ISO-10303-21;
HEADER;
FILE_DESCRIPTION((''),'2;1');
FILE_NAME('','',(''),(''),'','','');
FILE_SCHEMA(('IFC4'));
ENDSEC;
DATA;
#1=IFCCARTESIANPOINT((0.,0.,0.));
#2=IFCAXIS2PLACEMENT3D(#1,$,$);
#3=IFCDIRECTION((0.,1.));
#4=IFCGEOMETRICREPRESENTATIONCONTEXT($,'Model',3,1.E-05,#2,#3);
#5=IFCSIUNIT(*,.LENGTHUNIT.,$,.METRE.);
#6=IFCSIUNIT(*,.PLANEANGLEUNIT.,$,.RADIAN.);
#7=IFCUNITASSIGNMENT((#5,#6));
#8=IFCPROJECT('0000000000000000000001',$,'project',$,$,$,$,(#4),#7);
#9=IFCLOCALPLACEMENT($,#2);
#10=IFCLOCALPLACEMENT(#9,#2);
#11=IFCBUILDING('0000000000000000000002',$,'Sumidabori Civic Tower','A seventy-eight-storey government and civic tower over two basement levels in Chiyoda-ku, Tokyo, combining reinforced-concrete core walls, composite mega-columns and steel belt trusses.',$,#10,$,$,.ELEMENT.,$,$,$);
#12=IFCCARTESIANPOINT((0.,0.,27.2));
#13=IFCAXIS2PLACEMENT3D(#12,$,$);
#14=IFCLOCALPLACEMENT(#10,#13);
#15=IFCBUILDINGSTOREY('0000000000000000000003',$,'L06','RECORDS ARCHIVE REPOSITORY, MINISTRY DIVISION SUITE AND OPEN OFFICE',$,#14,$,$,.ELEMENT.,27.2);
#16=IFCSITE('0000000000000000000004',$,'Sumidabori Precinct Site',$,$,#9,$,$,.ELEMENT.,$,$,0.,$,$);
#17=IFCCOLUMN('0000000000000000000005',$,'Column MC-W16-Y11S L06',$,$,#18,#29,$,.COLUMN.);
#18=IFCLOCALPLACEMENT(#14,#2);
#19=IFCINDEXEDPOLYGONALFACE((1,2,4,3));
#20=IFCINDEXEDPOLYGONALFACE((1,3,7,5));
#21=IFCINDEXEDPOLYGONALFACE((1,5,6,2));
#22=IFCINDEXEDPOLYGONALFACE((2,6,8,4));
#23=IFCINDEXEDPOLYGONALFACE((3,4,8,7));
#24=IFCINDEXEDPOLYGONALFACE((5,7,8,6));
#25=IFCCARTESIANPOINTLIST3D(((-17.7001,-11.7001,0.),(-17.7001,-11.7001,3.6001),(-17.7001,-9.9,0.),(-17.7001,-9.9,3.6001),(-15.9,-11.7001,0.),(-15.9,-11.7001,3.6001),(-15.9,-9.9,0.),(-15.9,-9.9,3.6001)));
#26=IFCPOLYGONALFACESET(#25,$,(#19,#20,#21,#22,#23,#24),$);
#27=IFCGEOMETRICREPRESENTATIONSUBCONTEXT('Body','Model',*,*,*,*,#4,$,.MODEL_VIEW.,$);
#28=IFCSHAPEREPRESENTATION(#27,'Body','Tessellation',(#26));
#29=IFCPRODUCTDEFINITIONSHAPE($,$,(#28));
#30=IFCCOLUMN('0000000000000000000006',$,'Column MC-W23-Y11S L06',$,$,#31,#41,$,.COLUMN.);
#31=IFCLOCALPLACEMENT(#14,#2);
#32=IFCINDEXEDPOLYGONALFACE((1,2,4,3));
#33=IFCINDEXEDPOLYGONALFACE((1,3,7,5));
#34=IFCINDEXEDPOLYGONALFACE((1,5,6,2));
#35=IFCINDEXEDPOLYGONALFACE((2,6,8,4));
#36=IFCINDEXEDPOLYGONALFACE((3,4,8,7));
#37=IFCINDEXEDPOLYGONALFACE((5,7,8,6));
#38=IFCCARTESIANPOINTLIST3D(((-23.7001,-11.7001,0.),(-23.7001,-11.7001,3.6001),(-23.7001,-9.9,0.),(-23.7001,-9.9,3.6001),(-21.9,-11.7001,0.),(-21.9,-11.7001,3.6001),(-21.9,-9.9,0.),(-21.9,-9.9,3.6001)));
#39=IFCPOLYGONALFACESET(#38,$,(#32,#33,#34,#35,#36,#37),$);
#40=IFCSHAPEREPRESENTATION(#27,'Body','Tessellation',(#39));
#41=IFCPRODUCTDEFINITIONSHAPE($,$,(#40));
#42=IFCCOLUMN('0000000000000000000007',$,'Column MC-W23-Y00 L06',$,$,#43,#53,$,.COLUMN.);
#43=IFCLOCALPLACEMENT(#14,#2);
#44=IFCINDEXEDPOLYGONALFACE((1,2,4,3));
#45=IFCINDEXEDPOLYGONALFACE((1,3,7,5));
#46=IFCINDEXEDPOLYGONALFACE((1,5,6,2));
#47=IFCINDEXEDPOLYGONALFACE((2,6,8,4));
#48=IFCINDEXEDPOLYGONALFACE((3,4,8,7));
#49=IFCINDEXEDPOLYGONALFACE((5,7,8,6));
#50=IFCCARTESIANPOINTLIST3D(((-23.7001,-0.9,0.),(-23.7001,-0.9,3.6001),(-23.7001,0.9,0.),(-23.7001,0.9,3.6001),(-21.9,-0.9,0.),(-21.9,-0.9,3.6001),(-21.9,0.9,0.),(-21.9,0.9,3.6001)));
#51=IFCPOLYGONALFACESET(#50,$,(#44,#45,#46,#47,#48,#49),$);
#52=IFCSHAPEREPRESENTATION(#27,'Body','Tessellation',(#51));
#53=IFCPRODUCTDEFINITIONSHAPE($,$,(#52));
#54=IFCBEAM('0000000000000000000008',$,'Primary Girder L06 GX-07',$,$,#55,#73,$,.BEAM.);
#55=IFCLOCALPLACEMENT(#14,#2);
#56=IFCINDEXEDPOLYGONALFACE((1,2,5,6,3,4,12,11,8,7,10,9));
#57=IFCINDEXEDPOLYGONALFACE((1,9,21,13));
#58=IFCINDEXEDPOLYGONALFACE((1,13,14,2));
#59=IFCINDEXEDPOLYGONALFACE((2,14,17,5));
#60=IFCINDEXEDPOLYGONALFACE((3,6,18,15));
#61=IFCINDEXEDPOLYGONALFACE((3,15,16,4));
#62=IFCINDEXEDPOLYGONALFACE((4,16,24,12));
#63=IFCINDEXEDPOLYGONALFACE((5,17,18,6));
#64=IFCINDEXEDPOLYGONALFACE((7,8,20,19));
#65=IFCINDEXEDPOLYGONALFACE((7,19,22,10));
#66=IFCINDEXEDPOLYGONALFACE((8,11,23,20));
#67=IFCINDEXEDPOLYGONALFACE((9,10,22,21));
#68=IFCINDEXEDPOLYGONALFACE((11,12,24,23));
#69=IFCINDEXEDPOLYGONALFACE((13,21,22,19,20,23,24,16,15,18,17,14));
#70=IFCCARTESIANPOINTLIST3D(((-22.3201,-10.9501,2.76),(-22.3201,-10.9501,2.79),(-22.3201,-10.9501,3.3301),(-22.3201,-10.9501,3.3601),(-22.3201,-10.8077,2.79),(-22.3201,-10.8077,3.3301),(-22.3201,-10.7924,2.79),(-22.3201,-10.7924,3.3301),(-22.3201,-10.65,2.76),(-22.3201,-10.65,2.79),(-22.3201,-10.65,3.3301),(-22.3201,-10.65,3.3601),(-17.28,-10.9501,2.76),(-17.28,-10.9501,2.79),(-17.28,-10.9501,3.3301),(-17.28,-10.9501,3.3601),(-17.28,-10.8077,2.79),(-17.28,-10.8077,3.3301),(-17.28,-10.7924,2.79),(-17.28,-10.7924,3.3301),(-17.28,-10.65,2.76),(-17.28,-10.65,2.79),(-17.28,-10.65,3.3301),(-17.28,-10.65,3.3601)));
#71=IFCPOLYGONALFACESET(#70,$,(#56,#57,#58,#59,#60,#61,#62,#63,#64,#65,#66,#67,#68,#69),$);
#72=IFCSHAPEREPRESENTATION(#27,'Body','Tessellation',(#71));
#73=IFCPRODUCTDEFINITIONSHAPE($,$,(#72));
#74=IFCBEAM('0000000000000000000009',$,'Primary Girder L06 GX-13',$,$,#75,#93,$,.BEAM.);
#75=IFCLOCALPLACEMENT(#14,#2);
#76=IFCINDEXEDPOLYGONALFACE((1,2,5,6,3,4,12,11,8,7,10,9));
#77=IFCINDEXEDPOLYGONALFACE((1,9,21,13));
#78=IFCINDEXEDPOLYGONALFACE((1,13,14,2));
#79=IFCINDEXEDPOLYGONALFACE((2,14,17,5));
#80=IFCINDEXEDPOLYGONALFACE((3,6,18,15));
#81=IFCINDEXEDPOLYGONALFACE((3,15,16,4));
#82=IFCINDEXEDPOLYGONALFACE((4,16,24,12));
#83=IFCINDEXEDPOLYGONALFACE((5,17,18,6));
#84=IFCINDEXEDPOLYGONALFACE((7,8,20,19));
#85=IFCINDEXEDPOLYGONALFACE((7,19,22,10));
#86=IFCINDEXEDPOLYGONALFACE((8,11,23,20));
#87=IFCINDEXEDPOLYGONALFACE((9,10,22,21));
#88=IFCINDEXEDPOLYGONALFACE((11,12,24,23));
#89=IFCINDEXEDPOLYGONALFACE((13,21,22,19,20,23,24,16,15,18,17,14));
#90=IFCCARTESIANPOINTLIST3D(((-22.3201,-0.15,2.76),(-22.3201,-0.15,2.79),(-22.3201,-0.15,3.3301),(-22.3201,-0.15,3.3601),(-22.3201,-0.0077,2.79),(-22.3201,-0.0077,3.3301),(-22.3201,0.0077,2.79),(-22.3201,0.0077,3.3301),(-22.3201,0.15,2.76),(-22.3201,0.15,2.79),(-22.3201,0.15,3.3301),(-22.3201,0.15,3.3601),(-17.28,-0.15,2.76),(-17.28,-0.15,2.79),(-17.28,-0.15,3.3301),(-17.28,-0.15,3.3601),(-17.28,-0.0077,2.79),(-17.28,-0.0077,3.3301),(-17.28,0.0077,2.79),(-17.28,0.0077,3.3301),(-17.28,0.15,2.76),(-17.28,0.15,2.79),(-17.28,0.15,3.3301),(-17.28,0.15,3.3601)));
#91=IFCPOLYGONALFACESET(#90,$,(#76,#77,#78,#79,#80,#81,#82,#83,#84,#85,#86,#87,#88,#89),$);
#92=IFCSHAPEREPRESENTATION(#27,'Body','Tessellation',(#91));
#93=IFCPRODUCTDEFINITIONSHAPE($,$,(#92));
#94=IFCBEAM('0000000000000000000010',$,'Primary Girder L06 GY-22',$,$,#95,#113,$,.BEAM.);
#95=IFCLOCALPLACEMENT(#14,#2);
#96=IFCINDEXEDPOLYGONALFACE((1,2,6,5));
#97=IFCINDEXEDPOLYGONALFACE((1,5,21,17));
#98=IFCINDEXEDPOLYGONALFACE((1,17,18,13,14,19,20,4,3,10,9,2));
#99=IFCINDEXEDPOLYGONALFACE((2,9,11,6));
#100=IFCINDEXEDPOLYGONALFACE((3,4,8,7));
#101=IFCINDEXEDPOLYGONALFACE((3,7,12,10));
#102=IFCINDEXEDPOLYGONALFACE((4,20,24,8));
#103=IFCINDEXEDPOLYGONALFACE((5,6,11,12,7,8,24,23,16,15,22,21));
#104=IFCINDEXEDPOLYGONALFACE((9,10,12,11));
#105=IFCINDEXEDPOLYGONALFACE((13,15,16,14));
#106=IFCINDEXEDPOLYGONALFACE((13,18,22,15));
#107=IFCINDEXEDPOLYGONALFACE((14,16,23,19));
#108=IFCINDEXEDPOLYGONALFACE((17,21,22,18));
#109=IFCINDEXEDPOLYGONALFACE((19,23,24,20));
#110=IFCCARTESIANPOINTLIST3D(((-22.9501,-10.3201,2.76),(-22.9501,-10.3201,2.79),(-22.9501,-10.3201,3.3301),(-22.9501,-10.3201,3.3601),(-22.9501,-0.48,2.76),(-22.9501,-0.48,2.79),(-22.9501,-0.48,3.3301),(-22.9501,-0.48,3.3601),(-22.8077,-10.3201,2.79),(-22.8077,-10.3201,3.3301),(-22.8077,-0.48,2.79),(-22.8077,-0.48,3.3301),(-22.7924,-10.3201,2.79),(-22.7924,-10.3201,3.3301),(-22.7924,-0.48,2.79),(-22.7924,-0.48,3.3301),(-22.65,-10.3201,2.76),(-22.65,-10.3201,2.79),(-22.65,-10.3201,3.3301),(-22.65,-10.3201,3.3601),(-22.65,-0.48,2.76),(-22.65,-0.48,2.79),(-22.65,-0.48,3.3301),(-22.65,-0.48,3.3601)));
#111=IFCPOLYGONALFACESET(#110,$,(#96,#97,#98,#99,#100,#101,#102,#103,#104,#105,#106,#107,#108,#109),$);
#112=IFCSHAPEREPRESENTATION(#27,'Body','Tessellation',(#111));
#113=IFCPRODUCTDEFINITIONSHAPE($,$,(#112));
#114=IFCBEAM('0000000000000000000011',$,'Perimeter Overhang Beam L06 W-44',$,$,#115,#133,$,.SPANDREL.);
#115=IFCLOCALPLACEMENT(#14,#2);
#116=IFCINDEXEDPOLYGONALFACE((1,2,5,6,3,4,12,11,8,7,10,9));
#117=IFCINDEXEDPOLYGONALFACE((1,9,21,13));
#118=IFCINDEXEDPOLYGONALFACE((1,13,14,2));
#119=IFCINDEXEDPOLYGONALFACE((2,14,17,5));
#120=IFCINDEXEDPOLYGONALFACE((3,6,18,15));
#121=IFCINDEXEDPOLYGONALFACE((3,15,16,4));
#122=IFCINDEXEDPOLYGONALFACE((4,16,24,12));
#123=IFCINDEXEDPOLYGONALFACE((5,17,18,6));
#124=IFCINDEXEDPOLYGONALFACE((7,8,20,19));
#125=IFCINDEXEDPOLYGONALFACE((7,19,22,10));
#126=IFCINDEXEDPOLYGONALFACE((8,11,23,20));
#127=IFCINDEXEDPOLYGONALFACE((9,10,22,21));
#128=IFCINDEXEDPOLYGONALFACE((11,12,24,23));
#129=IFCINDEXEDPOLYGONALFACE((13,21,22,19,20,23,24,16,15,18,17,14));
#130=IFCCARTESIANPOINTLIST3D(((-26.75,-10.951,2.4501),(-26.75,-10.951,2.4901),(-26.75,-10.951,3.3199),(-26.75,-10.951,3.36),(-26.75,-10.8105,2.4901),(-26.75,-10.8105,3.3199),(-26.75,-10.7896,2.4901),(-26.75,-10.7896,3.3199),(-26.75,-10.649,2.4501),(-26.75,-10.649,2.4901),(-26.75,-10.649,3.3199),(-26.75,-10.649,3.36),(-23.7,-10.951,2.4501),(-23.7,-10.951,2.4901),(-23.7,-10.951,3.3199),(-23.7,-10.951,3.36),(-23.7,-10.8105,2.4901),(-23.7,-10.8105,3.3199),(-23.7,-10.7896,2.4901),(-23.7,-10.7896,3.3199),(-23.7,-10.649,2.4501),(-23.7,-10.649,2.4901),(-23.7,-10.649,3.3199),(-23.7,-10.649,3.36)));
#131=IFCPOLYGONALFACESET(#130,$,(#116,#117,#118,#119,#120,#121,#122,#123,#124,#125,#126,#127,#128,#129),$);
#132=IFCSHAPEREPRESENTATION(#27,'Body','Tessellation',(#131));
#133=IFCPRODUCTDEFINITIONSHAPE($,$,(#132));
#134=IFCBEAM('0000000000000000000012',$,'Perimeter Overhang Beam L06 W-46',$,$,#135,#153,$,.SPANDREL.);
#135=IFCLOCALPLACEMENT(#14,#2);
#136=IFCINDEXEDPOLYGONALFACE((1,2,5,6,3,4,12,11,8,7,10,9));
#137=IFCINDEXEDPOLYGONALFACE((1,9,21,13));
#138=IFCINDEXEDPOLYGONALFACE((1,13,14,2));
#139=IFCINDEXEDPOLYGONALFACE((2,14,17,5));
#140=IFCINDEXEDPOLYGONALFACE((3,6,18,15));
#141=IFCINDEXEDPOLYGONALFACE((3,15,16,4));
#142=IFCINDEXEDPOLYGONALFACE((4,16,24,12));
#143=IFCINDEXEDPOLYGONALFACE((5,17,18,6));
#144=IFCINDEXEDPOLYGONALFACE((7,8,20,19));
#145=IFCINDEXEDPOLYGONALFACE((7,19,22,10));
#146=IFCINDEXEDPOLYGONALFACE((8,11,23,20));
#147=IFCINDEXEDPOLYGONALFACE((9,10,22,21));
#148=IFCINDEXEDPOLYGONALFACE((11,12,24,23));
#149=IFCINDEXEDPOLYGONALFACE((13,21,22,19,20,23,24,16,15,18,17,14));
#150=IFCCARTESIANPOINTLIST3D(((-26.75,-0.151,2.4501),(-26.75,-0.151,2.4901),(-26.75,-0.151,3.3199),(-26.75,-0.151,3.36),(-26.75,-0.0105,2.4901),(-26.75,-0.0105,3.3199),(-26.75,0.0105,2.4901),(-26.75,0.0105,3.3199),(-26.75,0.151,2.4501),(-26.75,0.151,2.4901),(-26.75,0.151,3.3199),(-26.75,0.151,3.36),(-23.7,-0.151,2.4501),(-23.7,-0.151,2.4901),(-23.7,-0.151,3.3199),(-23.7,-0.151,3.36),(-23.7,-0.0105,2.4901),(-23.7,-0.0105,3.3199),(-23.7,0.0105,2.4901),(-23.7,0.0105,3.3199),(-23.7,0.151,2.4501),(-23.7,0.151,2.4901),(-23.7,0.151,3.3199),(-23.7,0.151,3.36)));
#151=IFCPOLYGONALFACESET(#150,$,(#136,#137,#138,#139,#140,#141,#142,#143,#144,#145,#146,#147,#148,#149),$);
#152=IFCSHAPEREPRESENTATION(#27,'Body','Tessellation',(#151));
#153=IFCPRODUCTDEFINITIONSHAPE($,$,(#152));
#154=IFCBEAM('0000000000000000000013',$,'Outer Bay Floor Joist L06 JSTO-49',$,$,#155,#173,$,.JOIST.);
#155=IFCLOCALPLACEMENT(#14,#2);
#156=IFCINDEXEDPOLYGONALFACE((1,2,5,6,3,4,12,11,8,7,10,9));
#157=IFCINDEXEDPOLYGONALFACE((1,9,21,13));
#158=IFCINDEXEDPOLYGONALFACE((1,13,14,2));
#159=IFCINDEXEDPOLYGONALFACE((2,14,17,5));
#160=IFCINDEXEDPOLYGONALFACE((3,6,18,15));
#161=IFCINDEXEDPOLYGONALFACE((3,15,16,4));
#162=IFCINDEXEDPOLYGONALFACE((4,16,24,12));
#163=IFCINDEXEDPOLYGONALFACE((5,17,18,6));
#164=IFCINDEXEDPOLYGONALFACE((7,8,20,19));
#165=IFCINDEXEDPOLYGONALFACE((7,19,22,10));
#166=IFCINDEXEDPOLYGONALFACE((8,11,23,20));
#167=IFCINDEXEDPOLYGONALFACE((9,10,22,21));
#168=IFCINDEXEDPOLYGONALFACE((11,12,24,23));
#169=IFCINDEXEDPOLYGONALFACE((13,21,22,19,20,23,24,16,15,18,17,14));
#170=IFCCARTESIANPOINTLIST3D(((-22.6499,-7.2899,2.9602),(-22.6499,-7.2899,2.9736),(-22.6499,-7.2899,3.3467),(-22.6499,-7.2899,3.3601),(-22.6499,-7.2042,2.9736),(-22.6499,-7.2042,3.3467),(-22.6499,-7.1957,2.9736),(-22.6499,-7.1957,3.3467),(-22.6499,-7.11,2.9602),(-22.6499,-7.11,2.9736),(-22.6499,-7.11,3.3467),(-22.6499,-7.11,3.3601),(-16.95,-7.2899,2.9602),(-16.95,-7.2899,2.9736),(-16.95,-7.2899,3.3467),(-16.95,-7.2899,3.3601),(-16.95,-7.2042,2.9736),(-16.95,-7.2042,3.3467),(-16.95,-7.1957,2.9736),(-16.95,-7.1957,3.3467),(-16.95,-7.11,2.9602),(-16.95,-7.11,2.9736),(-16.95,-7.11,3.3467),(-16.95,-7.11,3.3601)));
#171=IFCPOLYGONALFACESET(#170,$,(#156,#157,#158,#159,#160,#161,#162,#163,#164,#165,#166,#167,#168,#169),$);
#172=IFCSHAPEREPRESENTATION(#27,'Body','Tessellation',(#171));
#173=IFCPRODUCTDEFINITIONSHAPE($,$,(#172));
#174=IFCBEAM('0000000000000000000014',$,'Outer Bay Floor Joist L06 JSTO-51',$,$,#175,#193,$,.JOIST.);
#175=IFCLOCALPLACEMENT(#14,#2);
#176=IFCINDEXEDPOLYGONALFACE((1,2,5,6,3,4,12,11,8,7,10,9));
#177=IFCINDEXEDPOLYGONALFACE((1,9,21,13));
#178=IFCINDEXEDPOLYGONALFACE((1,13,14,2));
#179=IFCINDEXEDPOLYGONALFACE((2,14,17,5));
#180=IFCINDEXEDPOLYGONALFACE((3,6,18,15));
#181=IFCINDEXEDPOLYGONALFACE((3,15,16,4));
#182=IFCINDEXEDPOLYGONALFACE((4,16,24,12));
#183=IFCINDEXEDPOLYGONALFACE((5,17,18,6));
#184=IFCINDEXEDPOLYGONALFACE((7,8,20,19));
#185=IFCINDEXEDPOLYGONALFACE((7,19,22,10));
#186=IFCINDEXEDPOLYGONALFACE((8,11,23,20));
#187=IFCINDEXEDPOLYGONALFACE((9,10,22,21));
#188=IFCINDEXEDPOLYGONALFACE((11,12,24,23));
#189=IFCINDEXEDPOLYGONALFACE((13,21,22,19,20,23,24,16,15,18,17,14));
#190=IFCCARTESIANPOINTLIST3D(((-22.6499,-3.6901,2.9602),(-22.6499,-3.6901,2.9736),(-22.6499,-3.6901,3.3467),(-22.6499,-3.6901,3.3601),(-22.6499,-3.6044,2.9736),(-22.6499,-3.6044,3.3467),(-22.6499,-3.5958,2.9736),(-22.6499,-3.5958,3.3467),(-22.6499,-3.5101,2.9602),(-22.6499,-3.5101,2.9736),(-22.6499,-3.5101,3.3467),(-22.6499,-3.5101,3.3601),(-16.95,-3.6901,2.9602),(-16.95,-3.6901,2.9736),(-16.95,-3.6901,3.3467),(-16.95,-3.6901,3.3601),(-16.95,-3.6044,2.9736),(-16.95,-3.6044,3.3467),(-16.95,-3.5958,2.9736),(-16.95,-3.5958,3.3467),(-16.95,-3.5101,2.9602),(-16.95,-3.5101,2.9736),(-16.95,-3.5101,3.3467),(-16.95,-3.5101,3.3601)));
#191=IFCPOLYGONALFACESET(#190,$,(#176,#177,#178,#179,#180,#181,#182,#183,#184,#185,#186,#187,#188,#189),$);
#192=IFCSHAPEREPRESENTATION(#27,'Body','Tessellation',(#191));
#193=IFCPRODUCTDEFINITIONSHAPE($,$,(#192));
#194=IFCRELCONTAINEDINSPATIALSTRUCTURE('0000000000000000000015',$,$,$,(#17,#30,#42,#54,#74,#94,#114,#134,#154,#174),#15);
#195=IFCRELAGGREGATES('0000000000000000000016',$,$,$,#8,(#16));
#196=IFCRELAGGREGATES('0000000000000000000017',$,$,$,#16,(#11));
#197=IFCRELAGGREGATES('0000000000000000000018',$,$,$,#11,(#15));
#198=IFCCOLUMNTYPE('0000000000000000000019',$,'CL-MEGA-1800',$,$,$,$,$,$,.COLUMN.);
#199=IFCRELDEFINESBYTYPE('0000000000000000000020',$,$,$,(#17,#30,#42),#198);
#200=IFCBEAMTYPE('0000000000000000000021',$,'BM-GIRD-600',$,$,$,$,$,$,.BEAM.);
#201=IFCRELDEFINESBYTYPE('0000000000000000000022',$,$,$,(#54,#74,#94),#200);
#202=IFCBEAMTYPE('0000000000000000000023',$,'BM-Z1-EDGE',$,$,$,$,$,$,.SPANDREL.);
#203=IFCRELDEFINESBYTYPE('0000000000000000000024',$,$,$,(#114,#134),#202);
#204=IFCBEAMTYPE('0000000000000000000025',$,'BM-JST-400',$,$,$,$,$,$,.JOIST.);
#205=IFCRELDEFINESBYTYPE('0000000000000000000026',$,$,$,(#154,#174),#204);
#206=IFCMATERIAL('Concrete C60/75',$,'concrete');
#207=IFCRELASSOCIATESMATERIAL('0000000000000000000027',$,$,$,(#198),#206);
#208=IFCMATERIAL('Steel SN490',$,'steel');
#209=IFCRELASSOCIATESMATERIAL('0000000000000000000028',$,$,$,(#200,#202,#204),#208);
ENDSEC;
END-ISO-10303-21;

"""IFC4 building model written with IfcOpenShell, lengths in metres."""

from ifc_helpers import new_model, si_unit, direction, frame, origin, origin_2d, place, context, subcontext, project, spatial, rectangle, i_section, extrude, source, transform, mapped, material, material_profile, profile_set, type_object, element, save


model = new_model("IFC4")

# Units and contexts
model_context = context("Model", 3, precision=1e-05, world=origin(), true_north=direction((0.0, 1.0)))
body_context = subcontext(model_context, "Body", "Model", "MODEL_VIEW")
ifc_project = project(units=[si_unit("LENGTHUNIT", "METRE"), si_unit("PLANEANGLEUNIT", "RADIAN")], contexts=[model_context])

# Site, building, storey
site_placement = place(None, origin())
site = spatial("IfcSite", under=ifc_project, at=site_placement, Name="Sumidabori Precinct Site", CompositionType="ELEMENT", RefElevation=0.0)
building_placement = place(site_placement, origin())
building = spatial("IfcBuilding", under=site, at=building_placement, Name="Sumidabori Civic Tower", Description="A seventy-eight-storey government and civic tower over two basement levels in Chiyoda-ku, Tokyo, combining reinforced-concrete core walls, composite mega-columns and steel belt trusses.", CompositionType="ELEMENT")
storey_placement = place(building_placement, frame((0.0, 0.0, 27.2)))
storey = spatial("IfcBuildingStorey", under=building, at=storey_placement, Name="L06", Description="RECORDS ARCHIVE REPOSITORY, MINISTRY DIVISION SUITE AND OPEN OFFICE", CompositionType="ELEMENT", Elevation=27.2)

# Columns
ifc_material_1 = material(Name="Concrete C60/75", Category="concrete")
ifc_material_profile_1 = material_profile(ifc_material_1, rectangle(XDim=1.8, YDim=1.8, at=origin_2d()), Name="RC 1800x1800")
ifc_profile_set_1 = profile_set([ifc_material_profile_1], Name="Concrete C60/75")
column_type = type_object("IfcColumnType", Name="CL-MEGA-1800", PredefinedType="COLUMN", material=ifc_profile_set_1)
shared_shape_1 = source(origin(), body_context, "Body", "SweptSolid", [
    extrude(rectangle(XDim=1.8, YDim=1.8, at=origin_2d()), origin(), (0.0, 0.0, 1.0), 3.6001),
])
for number, where, z_axis, x_axis, name in (
    (1, (-16.8, -10.8, 0.0), (0.0, 0.0, 1.0), (1.0, 0.0, 0.0), "Column MC-W16-Y11S L06"),
    (2, (-22.8, -10.8, 0.0), (0.0, 0.0, 1.0), (1.0, 0.0, 0.0), "Column MC-W23-Y11S L06"),
    (3, (-22.8, 0.0, 0.0), (0.0, 0.0, 1.0), (1.0, 0.0, 0.0), "Column MC-W23-Y00 L06"),
):
    element("IfcColumn", number, at=place(storey_placement, frame(where, z_axis=z_axis, x_axis=x_axis)), inside=storey, type_object=column_type, Name=name, PredefinedType="COLUMN", context=body_context, shape_type="MappedRepresentation", body=[
        mapped(shared_shape_1, transform((0.0, 0.0, 0.0), x_axis=(1.0, 0.0, 0.0), y_axis=(0.0, 1.0, 0.0), z_axis=(0.0, 0.0, 1.0), scale=1.0)),
    ])

# Beams
ifc_material_2 = material(Name="Steel SN490", Category="steel")
ifc_material_profile_2 = material_profile(ifc_material_2, i_section(OverallWidth=0.3, OverallDepth=0.6001, WebThickness=0.0154, FlangeThickness=0.03, at=origin_2d()), Name="HE 600 B")
ifc_profile_set_2 = profile_set([ifc_material_profile_2], Name="Steel SN490")
beam_type_1 = type_object("IfcBeamType", Name="BM-GIRD-600", PredefinedType="BEAM", material=ifc_profile_set_2)
shared_shape_2 = source(origin(), body_context, "Body", "SweptSolid", [
    extrude(i_section(OverallWidth=0.3, OverallDepth=0.6001, WebThickness=0.0154, FlangeThickness=0.03, at=origin_2d()), origin(), (0.0, 0.0, 1.0), 5.04),
])
for number, where, z_axis, x_axis, name in (
    (4, (-22.3201, -10.8, 3.0601), (1.0, 0.0, 0.0), (0.0, 1.0, 0.0), "Primary Girder L06 GX-07"),
    (5, (-22.3201, 0.0, 3.0601), (1.0, 0.0, 0.0), (0.0, 1.0, 0.0), "Primary Girder L06 GX-13"),
):
    element("IfcBeam", number, at=place(storey_placement, frame(where, z_axis=z_axis, x_axis=x_axis)), inside=storey, type_object=beam_type_1, Name=name, PredefinedType="BEAM", context=body_context, shape_type="MappedRepresentation", body=[
        mapped(shared_shape_2, transform((0.0, 0.0, 0.0), x_axis=(1.0, 0.0, 0.0), y_axis=(0.0, 1.0, 0.0), z_axis=(0.0, 0.0, 1.0), scale=1.0)),
    ])
shared_shape_3 = source(origin(), body_context, "Body", "SweptSolid", [
    extrude(i_section(OverallWidth=0.3, OverallDepth=0.6001, WebThickness=0.0154, FlangeThickness=0.03, at=origin_2d()), origin(), (0.0, 0.0, 1.0), 9.8401),
])
beam_placement = place(storey_placement, frame((-22.8, -10.3201, 3.0601), z_axis=(0.0, 1.0, 0.0), x_axis=(-1.0, 0.0, 0.0)))
element("IfcBeam", 6, at=beam_placement, inside=storey, type_object=beam_type_1, Name="Primary Girder L06 GY-22", PredefinedType="BEAM", context=body_context, shape_type="MappedRepresentation", body=[
    mapped(shared_shape_3, transform((0.0, 0.0, 0.0), x_axis=(1.0, 0.0, 0.0), y_axis=(0.0, 1.0, 0.0), z_axis=(0.0, 0.0, 1.0), scale=1.0)),
])
ifc_material_profile_3 = material_profile(ifc_material_2, i_section(OverallWidth=0.302, OverallDepth=0.9099, WebThickness=0.021, FlangeThickness=0.04, at=origin_2d()), Name="HE 900 M")
ifc_profile_set_3 = profile_set([ifc_material_profile_3], Name="Steel SN490")
beam_type_2 = type_object("IfcBeamType", Name="BM-Z1-EDGE", PredefinedType="SPANDREL", material=ifc_profile_set_3)
shared_shape_4 = source(origin(), body_context, "Body", "SweptSolid", [
    extrude(i_section(OverallWidth=0.302, OverallDepth=0.9099, WebThickness=0.021, FlangeThickness=0.04, at=origin_2d()), origin(), (0.0, 0.0, 1.0), 3.05),
])
for number, where, z_axis, x_axis, name in (
    (7, (-26.75, -10.8, 2.905), (1.0, 0.0, 0.0), (0.0, 1.0, 0.0), "Perimeter Overhang Beam L06 W-44"),
    (8, (-26.75, 0.0, 2.905), (1.0, 0.0, 0.0), (0.0, 1.0, 0.0), "Perimeter Overhang Beam L06 W-46"),
):
    element("IfcBeam", number, at=place(storey_placement, frame(where, z_axis=z_axis, x_axis=x_axis)), inside=storey, type_object=beam_type_2, Name=name, PredefinedType="SPANDREL", context=body_context, shape_type="MappedRepresentation", body=[
        mapped(shared_shape_4, transform((0.0, 0.0, 0.0), x_axis=(1.0, 0.0, 0.0), y_axis=(0.0, 1.0, 0.0), z_axis=(0.0, 0.0, 1.0), scale=1.0)),
    ])
ifc_material_profile_4 = material_profile(ifc_material_2, i_section(OverallWidth=0.1799, OverallDepth=0.3999, WebThickness=0.0085, FlangeThickness=0.0134, at=origin_2d()), Name="IPE 400")
ifc_profile_set_4 = profile_set([ifc_material_profile_4], Name="Steel SN490")
beam_type_3 = type_object("IfcBeamType", Name="BM-JST-400", PredefinedType="JOIST", material=ifc_profile_set_4)
shared_shape_5 = source(origin(), body_context, "Body", "SweptSolid", [
    extrude(i_section(OverallWidth=0.1799, OverallDepth=0.3999, WebThickness=0.0085, FlangeThickness=0.0134, at=origin_2d()), origin(), (0.0, 0.0, 1.0), 5.7),
])
for number, where, z_axis, x_axis, name in (
    (9, (-22.6499, -7.2, 3.1602), (1.0, 0.0, 0.0), (0.0, 1.0, 0.0), "Outer Bay Floor Joist L06 JSTO-49"),
    (10, (-22.6499, -3.6001, 3.1602), (1.0, 0.0, 0.0), (0.0, 1.0, 0.0), "Outer Bay Floor Joist L06 JSTO-51"),
):
    element("IfcBeam", number, at=place(storey_placement, frame(where, z_axis=z_axis, x_axis=x_axis)), inside=storey, type_object=beam_type_3, Name=name, PredefinedType="JOIST", context=body_context, shape_type="MappedRepresentation", body=[
        mapped(shared_shape_5, transform((0.0, 0.0, 0.0), x_axis=(1.0, 0.0, 0.0), y_axis=(0.0, 1.0, 0.0), z_axis=(0.0, 0.0, 1.0), scale=1.0)),
    ])

save(model, "model.ifc")
